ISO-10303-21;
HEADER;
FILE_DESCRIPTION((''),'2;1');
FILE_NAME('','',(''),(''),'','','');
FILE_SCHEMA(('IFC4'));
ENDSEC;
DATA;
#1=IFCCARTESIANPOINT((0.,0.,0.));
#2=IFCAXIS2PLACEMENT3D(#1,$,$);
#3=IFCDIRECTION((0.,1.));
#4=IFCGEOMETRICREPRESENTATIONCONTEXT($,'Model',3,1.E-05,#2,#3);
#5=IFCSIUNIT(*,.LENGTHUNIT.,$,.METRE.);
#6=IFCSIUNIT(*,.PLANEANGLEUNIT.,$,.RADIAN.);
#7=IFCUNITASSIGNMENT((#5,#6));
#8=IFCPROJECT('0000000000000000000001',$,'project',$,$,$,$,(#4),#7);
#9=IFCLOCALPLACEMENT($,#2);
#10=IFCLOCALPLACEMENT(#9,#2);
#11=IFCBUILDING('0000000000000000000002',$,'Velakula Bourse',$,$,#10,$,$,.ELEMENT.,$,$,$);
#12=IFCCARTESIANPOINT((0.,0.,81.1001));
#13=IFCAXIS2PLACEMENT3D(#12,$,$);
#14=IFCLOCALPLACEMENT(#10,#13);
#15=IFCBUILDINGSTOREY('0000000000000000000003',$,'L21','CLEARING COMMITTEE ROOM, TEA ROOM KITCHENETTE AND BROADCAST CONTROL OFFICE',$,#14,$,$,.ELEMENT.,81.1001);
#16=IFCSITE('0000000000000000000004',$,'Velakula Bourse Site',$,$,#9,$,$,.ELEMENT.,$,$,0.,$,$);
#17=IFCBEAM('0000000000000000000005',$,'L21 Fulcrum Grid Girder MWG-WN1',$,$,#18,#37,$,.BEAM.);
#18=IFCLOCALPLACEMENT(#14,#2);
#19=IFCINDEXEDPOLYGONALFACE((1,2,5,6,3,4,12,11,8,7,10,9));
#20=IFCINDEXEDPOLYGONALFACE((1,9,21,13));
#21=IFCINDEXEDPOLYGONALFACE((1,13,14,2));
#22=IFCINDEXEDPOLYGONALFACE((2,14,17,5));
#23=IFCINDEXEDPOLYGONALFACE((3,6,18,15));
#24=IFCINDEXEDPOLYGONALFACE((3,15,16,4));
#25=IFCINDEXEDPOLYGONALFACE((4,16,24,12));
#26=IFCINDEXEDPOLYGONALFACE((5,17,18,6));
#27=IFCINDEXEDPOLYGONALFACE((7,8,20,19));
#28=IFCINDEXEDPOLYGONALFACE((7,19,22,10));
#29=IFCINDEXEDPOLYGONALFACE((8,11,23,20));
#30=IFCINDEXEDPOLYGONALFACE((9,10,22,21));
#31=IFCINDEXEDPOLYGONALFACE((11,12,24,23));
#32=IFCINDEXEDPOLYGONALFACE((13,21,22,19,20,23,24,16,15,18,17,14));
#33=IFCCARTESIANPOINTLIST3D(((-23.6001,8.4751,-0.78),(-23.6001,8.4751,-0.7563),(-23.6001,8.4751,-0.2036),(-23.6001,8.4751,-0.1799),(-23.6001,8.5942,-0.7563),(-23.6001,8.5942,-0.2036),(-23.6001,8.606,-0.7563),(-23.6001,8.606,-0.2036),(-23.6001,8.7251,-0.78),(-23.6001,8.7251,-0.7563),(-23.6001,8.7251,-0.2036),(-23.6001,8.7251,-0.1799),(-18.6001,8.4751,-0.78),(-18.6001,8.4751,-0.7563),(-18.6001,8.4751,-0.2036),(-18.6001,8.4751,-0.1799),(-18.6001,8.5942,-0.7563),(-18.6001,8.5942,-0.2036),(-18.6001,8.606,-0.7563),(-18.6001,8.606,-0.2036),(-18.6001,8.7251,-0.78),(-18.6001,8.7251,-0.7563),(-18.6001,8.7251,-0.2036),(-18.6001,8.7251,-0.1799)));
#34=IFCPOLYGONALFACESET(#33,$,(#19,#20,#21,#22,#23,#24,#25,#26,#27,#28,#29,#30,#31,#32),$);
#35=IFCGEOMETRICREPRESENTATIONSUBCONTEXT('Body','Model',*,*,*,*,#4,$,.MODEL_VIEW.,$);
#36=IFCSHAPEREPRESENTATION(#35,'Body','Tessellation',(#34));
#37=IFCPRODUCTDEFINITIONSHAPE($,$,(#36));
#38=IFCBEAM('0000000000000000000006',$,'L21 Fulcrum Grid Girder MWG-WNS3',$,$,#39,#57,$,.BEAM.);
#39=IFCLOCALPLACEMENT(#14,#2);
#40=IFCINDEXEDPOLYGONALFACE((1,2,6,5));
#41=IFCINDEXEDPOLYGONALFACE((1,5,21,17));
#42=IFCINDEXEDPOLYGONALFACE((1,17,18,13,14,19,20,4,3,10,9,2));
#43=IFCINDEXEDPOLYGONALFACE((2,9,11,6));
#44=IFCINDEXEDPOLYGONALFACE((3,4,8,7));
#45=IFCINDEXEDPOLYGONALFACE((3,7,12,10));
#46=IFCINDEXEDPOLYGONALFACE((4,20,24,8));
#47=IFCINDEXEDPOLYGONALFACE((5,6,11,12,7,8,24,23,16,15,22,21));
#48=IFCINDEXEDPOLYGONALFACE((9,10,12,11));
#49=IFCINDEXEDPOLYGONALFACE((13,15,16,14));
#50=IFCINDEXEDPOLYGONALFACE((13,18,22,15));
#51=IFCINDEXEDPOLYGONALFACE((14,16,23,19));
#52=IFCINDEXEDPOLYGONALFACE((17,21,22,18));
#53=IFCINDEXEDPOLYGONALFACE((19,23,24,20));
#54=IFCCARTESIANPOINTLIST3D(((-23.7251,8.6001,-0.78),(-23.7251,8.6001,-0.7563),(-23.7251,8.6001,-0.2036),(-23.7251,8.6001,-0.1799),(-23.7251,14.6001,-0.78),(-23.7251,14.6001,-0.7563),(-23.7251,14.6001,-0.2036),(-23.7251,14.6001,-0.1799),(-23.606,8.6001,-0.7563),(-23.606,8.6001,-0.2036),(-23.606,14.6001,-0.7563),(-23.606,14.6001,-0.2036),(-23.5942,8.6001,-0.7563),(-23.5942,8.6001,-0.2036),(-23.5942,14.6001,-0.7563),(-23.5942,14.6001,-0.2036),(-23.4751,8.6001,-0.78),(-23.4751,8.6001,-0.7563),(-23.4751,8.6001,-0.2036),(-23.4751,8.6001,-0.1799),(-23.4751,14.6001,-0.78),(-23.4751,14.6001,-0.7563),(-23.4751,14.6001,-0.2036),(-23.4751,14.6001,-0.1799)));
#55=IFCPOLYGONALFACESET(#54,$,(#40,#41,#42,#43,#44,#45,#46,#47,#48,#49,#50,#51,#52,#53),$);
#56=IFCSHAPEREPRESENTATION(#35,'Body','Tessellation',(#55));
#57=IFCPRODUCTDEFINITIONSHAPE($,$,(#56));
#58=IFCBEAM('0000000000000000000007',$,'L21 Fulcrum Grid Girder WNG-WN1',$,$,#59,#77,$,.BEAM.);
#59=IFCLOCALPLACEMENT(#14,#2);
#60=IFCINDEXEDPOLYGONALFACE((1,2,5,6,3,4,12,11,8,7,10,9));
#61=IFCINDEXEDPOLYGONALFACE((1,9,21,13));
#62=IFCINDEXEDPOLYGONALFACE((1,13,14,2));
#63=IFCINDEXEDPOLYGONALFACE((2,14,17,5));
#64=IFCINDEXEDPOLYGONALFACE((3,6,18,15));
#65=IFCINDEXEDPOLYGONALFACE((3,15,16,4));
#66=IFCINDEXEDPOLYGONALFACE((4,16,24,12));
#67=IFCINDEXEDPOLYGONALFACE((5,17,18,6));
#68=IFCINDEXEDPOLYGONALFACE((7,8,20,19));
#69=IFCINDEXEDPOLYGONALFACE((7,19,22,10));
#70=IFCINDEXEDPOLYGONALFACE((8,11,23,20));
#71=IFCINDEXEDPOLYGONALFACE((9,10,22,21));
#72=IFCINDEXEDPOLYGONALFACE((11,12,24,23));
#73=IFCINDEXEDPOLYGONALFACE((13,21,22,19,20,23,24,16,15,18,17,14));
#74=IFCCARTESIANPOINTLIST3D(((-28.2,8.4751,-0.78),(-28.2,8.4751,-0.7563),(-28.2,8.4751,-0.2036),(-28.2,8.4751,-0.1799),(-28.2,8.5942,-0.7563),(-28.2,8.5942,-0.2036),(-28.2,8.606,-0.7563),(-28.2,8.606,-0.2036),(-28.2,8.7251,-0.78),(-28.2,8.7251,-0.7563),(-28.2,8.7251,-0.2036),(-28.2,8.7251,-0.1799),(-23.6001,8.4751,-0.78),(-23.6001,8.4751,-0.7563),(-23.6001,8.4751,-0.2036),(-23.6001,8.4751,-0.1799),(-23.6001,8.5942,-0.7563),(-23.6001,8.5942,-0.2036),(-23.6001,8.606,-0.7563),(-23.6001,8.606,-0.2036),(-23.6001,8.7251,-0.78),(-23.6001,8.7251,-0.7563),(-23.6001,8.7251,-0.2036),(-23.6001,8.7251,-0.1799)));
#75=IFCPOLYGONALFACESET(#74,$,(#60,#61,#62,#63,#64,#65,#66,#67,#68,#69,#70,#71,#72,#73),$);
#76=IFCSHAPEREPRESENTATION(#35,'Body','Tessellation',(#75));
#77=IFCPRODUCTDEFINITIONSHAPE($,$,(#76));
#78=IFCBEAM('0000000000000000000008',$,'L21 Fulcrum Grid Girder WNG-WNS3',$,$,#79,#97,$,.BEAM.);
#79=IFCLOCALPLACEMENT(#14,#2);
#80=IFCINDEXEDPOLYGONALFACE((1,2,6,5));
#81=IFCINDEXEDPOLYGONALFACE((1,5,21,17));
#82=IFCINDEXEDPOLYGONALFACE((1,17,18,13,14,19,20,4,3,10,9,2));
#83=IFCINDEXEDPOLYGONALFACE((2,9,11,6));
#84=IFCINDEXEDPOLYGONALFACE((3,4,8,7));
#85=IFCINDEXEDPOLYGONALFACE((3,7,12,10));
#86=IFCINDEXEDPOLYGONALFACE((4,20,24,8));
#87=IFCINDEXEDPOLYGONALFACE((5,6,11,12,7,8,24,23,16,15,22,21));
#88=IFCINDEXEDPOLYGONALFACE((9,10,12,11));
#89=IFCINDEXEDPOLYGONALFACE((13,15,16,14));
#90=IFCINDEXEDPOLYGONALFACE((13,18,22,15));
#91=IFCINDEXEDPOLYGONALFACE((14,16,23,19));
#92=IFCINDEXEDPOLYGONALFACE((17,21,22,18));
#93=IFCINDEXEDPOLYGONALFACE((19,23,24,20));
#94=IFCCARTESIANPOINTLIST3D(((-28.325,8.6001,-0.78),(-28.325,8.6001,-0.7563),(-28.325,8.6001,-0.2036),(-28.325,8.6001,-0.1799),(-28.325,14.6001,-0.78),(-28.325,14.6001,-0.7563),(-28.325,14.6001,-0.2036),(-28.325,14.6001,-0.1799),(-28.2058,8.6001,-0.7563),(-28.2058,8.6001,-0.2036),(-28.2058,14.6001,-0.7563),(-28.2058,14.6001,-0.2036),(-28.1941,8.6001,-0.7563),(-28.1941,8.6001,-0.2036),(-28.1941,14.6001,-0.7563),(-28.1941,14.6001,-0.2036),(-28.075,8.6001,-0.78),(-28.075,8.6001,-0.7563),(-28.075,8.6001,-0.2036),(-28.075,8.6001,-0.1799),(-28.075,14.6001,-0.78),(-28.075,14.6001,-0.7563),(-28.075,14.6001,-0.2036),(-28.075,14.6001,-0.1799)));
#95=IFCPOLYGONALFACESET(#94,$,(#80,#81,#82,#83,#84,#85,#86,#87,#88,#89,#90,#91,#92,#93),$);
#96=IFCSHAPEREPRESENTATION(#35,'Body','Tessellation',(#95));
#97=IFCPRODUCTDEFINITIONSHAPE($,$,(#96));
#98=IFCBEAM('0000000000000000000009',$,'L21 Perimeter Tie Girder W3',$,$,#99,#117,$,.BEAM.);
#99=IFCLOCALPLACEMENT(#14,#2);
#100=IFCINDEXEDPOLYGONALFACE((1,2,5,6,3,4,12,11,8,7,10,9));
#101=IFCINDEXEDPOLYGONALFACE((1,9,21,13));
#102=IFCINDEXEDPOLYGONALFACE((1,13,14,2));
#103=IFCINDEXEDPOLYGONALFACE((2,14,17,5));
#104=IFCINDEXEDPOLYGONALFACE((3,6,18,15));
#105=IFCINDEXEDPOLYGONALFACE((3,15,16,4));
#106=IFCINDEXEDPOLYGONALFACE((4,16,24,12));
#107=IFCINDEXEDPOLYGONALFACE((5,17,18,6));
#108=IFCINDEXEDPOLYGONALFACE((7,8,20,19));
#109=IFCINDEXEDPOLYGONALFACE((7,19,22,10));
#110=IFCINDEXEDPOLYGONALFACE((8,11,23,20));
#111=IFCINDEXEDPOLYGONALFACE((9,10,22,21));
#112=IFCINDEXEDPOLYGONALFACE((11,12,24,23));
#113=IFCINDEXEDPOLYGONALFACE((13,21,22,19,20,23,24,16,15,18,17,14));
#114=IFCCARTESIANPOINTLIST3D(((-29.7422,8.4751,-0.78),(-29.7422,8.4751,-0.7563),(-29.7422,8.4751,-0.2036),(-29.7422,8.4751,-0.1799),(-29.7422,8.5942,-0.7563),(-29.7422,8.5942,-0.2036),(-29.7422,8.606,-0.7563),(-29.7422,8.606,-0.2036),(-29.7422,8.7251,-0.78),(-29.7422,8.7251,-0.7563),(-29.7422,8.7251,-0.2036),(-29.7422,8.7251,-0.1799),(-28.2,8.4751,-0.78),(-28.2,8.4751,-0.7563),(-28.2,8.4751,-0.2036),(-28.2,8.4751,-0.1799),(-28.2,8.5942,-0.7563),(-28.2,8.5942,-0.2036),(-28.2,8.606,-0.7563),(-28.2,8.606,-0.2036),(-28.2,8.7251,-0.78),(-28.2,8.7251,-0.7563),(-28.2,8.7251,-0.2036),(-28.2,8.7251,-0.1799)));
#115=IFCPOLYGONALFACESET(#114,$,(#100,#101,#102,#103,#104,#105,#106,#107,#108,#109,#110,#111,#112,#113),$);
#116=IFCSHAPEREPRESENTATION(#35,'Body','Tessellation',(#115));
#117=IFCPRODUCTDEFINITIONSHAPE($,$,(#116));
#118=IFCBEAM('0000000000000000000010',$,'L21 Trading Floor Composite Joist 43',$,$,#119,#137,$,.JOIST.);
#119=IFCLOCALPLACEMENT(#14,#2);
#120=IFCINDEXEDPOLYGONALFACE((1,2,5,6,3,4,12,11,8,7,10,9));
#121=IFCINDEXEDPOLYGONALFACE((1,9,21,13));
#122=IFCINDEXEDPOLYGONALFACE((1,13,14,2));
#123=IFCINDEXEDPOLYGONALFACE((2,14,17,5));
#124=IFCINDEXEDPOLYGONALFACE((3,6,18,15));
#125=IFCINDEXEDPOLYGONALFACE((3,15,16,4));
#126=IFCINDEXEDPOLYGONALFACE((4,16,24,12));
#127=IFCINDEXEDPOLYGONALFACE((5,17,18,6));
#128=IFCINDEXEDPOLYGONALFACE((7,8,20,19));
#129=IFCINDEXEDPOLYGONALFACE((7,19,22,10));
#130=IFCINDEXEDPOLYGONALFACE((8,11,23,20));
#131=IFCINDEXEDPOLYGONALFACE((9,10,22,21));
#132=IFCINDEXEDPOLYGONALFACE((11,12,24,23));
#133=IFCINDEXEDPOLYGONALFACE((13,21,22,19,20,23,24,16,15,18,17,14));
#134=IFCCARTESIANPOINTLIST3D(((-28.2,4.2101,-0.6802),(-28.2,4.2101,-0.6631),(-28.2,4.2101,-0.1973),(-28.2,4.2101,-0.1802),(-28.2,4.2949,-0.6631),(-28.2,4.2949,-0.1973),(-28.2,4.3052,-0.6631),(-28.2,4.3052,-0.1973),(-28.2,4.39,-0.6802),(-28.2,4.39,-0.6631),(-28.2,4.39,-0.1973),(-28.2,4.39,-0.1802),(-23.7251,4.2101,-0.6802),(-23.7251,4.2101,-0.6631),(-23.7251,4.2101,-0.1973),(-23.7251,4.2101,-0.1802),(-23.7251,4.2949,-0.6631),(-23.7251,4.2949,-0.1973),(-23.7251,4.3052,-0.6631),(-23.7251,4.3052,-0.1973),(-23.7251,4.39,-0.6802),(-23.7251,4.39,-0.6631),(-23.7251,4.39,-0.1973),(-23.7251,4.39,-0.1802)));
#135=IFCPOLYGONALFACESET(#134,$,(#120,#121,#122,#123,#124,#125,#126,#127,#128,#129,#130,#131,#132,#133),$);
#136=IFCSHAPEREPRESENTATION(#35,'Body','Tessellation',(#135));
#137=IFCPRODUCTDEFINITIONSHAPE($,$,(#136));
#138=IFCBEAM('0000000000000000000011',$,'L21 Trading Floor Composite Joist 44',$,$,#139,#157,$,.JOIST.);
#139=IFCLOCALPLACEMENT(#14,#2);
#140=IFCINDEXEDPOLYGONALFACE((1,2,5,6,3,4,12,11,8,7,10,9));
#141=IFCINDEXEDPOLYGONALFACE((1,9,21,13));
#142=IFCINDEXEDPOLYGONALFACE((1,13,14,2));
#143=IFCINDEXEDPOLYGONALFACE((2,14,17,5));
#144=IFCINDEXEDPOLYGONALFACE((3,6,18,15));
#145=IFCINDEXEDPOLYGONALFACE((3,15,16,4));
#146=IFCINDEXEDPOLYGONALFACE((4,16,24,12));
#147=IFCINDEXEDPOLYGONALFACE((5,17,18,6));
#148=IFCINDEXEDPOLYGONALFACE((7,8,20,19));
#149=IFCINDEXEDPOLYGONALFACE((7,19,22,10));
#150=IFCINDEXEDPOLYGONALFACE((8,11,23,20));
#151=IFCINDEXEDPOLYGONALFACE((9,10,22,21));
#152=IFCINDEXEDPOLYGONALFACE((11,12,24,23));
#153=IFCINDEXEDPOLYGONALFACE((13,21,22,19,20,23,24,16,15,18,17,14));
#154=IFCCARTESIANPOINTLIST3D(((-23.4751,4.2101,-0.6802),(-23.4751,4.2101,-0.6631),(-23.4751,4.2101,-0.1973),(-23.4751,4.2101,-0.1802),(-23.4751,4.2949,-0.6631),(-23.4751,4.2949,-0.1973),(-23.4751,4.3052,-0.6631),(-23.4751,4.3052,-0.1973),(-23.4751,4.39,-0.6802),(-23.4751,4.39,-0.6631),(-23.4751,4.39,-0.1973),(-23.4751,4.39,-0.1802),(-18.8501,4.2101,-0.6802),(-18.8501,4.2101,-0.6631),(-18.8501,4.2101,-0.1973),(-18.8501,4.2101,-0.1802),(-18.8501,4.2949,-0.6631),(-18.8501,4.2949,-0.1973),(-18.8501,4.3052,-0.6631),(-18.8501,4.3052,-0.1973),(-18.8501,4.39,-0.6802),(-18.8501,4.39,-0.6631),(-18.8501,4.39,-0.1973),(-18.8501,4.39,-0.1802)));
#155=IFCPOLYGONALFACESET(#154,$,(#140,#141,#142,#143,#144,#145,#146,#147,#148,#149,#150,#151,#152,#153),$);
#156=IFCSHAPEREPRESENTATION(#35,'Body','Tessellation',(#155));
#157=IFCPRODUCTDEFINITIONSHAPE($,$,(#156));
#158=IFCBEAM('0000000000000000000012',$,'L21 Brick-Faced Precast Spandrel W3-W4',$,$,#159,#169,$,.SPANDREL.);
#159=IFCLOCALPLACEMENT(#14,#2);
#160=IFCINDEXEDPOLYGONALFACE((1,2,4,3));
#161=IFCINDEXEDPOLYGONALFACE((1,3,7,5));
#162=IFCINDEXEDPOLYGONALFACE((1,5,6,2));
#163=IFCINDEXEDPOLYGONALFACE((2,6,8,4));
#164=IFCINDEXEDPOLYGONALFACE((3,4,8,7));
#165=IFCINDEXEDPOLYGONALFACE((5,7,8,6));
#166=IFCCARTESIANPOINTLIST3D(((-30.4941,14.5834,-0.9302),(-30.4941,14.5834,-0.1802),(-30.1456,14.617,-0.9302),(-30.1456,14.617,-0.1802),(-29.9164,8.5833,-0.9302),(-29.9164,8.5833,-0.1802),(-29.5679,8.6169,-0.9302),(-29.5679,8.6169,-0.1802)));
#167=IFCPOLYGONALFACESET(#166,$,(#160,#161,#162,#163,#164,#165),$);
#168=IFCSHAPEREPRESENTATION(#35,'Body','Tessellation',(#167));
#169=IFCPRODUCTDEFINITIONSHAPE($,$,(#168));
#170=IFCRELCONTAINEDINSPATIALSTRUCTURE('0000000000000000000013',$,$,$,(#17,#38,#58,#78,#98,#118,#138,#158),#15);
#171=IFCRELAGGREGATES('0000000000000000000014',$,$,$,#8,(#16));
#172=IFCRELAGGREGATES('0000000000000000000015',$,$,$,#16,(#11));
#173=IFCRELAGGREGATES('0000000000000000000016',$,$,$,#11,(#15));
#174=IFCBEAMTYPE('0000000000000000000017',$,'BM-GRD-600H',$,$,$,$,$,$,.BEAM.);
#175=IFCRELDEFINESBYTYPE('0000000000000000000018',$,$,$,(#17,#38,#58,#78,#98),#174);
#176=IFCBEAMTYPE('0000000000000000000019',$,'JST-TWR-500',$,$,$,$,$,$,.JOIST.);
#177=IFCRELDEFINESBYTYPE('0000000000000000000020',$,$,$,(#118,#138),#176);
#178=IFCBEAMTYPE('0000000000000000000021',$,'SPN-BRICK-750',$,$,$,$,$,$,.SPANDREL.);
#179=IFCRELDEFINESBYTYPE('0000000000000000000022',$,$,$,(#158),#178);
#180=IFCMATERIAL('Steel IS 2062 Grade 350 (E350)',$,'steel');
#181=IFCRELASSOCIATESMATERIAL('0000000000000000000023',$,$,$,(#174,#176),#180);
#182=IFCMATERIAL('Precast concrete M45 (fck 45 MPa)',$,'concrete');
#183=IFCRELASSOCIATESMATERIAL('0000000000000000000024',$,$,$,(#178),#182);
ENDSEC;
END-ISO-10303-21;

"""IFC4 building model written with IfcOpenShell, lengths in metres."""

from ifc_helpers import new_model, si_unit, direction, frame, origin, origin_2d, place, context, subcontext, project, spatial, rectangle, i_section, extrude, material, material_profile, profile_set, type_object, element, save


model = new_model("IFC4")

# Units and contexts
model_context = context("Model", 3, precision=1e-05, world=origin(), true_north=direction((0.0, 1.0)))
body_context = subcontext(model_context, "Body", "Model", "MODEL_VIEW")
ifc_project = project(units=[si_unit("LENGTHUNIT", "METRE"), si_unit("PLANEANGLEUNIT", "RADIAN")], contexts=[model_context])

# Site, building, storey
site_placement = place(None, origin())
site = spatial("IfcSite", under=ifc_project, at=site_placement, Name="Velakula Bourse Site", CompositionType="ELEMENT", RefElevation=0.0)
building_placement = place(site_placement, origin())
building = spatial("IfcBuilding", under=site, at=building_placement, Name="Velakula Bourse", CompositionType="ELEMENT")
storey_placement = place(building_placement, frame((0.0, 0.0, 81.1001)))
storey = spatial("IfcBuildingStorey", under=building, at=storey_placement, Name="L21", Description="CLEARING COMMITTEE ROOM, TEA ROOM KITCHENETTE AND BROADCAST CONTROL OFFICE", CompositionType="ELEMENT", Elevation=81.1001)

# Beams
ifc_material_1 = material(Name="Steel IS 2062 Grade 350 (E350)", Category="steel")
ifc_material_profile_1 = material_profile(ifc_material_1, i_section(OverallWidth=0.25, OverallDepth=0.6001, WebThickness=0.0117, FlangeThickness=0.0237, at=origin_2d()), Name="Steel IS 2062 Grade 350 (E350)")
ifc_profile_set_1 = profile_set([ifc_material_profile_1], Name="Steel IS 2062 Grade 350 (E350)")
beam_type_1 = type_object("IfcBeamType", Name="BM-GRD-600H", PredefinedType="BEAM", material=ifc_profile_set_1)
beam_1_placement = place(storey_placement, frame((-23.6001, 8.6001, -0.48), z_axis=(1.0, 0.0, 0.0), x_axis=(0.0, 1.0, 0.0)))
element("IfcBeam", 1, at=beam_1_placement, inside=storey, type_object=beam_type_1, Name="L21 Fulcrum Grid Girder MWG-WN1", PredefinedType="BEAM", context=body_context, shape_type="SweptSolid", body=[
    extrude(i_section(OverallWidth=0.25, OverallDepth=0.6001, WebThickness=0.0117, FlangeThickness=0.0237, at=origin_2d()), origin(), (0.0, 0.0, 1.0), 5.0),
])
beam_2_placement = place(storey_placement, frame((-23.6001, 8.6001, -0.48), z_axis=(0.0, 1.0, 0.0), x_axis=(-1.0, 0.0, 0.0)))
element("IfcBeam", 2, at=beam_2_placement, inside=storey, type_object=beam_type_1, Name="L21 Fulcrum Grid Girder MWG-WNS3", PredefinedType="BEAM", context=body_context, shape_type="SweptSolid", body=[
    extrude(i_section(OverallWidth=0.25, OverallDepth=0.6001, WebThickness=0.0117, FlangeThickness=0.0237, at=origin_2d()), origin(), (0.0, 0.0, 1.0), 6.0),
])
beam_3_placement = place(storey_placement, frame((-28.2, 8.6001, -0.48), z_axis=(1.0, 0.0, 0.0), x_axis=(0.0, 1.0, 0.0)))
element("IfcBeam", 3, at=beam_3_placement, inside=storey, type_object=beam_type_1, Name="L21 Fulcrum Grid Girder WNG-WN1", PredefinedType="BEAM", context=body_context, shape_type="SweptSolid", body=[
    extrude(i_section(OverallWidth=0.25, OverallDepth=0.6001, WebThickness=0.0117, FlangeThickness=0.0237, at=origin_2d()), origin(), (0.0, 0.0, 1.0), 4.5999),
])
beam_4_placement = place(storey_placement, frame((-28.2, 8.6001, -0.48), z_axis=(0.0, 1.0, 0.0), x_axis=(-1.0, 0.0, 0.0)))
element("IfcBeam", 4, at=beam_4_placement, inside=storey, type_object=beam_type_1, Name="L21 Fulcrum Grid Girder WNG-WNS3", PredefinedType="BEAM", context=body_context, shape_type="SweptSolid", body=[
    extrude(i_section(OverallWidth=0.25, OverallDepth=0.6001, WebThickness=0.0117, FlangeThickness=0.0237, at=origin_2d()), origin(), (0.0, 0.0, 1.0), 6.0),
])
beam_5_placement = place(storey_placement, frame((-28.2, 8.6001, -0.48), z_axis=(-1.0, 0.0, 0.0), x_axis=(0.0, -1.0, 0.0)))
element("IfcBeam", 5, at=beam_5_placement, inside=storey, type_object=beam_type_1, Name="L21 Perimeter Tie Girder W3", PredefinedType="BEAM", context=body_context, shape_type="SweptSolid", body=[
    extrude(i_section(OverallWidth=0.25, OverallDepth=0.6001, WebThickness=0.0117, FlangeThickness=0.0237, at=origin_2d()), origin(), (0.0, 0.0, 1.0), 1.5422),
])
ifc_material_profile_2 = material_profile(ifc_material_1, i_section(OverallWidth=0.1799, OverallDepth=0.5, WebThickness=0.0103, FlangeThickness=0.0171, at=origin_2d()), Name="Steel IS 2062 Grade 350 (E350)")
ifc_profile_set_2 = profile_set([ifc_material_profile_2], Name="Steel IS 2062 Grade 350 (E350)")
beam_type_2 = type_object("IfcBeamType", Name="JST-TWR-500", PredefinedType="JOIST", material=ifc_profile_set_2)
beam_6_placement = place(storey_placement, frame((-28.2, 4.3, -0.4302), z_axis=(1.0, 0.0, 0.0), x_axis=(0.0, 1.0, 0.0)))
element("IfcBeam", 6, at=beam_6_placement, inside=storey, type_object=beam_type_2, Name="L21 Trading Floor Composite Joist 43", PredefinedType="JOIST", context=body_context, shape_type="SweptSolid", body=[
    extrude(i_section(OverallWidth=0.1799, OverallDepth=0.5, WebThickness=0.0103, FlangeThickness=0.0171, at=origin_2d()), origin(), (0.0, 0.0, 1.0), 4.4749),
])
beam_7_placement = place(storey_placement, frame((-23.4751, 4.3, -0.4302), z_axis=(1.0, 0.0, 0.0), x_axis=(0.0, 1.0, 0.0)))
element("IfcBeam", 7, at=beam_7_placement, inside=storey, type_object=beam_type_2, Name="L21 Trading Floor Composite Joist 44", PredefinedType="JOIST", context=body_context, shape_type="SweptSolid", body=[
    extrude(i_section(OverallWidth=0.1799, OverallDepth=0.5, WebThickness=0.0103, FlangeThickness=0.0171, at=origin_2d()), origin(), (0.0, 0.0, 1.0), 4.625),
])
ifc_material_2 = material(Name="Precast concrete M45 (fck 45 MPa)", Category="concrete")
ifc_material_profile_3 = material_profile(ifc_material_2, rectangle(XDim=0.3501, YDim=0.75, at=origin_2d()), Name="Precast concrete M45 (fck 45 MPa)")
ifc_profile_set_3 = profile_set([ifc_material_profile_3], Name="Precast concrete M45 (fck 45 MPa)")
beam_type_3 = type_object("IfcBeamType", Name="SPN-BRICK-750", PredefinedType="SPANDREL", material=ifc_profile_set_3)
beam_8_placement = place(storey_placement, frame((-29.7422, 8.6001, -0.5552), z_axis=(-0.09583, 0.995398, 0.0), x_axis=(-0.995398, -0.09583, 0.0)))
element("IfcBeam", 8, at=beam_8_placement, inside=storey, type_object=beam_type_3, Name="L21 Brick-Faced Precast Spandrel W3-W4", PredefinedType="SPANDREL", context=body_context, shape_type="SweptSolid", body=[
    extrude(rectangle(XDim=0.3501, YDim=0.75, at=origin_2d()), origin(), (0.0, 0.0, 1.0), 6.0278),
])

save(model, "model.ifc")
